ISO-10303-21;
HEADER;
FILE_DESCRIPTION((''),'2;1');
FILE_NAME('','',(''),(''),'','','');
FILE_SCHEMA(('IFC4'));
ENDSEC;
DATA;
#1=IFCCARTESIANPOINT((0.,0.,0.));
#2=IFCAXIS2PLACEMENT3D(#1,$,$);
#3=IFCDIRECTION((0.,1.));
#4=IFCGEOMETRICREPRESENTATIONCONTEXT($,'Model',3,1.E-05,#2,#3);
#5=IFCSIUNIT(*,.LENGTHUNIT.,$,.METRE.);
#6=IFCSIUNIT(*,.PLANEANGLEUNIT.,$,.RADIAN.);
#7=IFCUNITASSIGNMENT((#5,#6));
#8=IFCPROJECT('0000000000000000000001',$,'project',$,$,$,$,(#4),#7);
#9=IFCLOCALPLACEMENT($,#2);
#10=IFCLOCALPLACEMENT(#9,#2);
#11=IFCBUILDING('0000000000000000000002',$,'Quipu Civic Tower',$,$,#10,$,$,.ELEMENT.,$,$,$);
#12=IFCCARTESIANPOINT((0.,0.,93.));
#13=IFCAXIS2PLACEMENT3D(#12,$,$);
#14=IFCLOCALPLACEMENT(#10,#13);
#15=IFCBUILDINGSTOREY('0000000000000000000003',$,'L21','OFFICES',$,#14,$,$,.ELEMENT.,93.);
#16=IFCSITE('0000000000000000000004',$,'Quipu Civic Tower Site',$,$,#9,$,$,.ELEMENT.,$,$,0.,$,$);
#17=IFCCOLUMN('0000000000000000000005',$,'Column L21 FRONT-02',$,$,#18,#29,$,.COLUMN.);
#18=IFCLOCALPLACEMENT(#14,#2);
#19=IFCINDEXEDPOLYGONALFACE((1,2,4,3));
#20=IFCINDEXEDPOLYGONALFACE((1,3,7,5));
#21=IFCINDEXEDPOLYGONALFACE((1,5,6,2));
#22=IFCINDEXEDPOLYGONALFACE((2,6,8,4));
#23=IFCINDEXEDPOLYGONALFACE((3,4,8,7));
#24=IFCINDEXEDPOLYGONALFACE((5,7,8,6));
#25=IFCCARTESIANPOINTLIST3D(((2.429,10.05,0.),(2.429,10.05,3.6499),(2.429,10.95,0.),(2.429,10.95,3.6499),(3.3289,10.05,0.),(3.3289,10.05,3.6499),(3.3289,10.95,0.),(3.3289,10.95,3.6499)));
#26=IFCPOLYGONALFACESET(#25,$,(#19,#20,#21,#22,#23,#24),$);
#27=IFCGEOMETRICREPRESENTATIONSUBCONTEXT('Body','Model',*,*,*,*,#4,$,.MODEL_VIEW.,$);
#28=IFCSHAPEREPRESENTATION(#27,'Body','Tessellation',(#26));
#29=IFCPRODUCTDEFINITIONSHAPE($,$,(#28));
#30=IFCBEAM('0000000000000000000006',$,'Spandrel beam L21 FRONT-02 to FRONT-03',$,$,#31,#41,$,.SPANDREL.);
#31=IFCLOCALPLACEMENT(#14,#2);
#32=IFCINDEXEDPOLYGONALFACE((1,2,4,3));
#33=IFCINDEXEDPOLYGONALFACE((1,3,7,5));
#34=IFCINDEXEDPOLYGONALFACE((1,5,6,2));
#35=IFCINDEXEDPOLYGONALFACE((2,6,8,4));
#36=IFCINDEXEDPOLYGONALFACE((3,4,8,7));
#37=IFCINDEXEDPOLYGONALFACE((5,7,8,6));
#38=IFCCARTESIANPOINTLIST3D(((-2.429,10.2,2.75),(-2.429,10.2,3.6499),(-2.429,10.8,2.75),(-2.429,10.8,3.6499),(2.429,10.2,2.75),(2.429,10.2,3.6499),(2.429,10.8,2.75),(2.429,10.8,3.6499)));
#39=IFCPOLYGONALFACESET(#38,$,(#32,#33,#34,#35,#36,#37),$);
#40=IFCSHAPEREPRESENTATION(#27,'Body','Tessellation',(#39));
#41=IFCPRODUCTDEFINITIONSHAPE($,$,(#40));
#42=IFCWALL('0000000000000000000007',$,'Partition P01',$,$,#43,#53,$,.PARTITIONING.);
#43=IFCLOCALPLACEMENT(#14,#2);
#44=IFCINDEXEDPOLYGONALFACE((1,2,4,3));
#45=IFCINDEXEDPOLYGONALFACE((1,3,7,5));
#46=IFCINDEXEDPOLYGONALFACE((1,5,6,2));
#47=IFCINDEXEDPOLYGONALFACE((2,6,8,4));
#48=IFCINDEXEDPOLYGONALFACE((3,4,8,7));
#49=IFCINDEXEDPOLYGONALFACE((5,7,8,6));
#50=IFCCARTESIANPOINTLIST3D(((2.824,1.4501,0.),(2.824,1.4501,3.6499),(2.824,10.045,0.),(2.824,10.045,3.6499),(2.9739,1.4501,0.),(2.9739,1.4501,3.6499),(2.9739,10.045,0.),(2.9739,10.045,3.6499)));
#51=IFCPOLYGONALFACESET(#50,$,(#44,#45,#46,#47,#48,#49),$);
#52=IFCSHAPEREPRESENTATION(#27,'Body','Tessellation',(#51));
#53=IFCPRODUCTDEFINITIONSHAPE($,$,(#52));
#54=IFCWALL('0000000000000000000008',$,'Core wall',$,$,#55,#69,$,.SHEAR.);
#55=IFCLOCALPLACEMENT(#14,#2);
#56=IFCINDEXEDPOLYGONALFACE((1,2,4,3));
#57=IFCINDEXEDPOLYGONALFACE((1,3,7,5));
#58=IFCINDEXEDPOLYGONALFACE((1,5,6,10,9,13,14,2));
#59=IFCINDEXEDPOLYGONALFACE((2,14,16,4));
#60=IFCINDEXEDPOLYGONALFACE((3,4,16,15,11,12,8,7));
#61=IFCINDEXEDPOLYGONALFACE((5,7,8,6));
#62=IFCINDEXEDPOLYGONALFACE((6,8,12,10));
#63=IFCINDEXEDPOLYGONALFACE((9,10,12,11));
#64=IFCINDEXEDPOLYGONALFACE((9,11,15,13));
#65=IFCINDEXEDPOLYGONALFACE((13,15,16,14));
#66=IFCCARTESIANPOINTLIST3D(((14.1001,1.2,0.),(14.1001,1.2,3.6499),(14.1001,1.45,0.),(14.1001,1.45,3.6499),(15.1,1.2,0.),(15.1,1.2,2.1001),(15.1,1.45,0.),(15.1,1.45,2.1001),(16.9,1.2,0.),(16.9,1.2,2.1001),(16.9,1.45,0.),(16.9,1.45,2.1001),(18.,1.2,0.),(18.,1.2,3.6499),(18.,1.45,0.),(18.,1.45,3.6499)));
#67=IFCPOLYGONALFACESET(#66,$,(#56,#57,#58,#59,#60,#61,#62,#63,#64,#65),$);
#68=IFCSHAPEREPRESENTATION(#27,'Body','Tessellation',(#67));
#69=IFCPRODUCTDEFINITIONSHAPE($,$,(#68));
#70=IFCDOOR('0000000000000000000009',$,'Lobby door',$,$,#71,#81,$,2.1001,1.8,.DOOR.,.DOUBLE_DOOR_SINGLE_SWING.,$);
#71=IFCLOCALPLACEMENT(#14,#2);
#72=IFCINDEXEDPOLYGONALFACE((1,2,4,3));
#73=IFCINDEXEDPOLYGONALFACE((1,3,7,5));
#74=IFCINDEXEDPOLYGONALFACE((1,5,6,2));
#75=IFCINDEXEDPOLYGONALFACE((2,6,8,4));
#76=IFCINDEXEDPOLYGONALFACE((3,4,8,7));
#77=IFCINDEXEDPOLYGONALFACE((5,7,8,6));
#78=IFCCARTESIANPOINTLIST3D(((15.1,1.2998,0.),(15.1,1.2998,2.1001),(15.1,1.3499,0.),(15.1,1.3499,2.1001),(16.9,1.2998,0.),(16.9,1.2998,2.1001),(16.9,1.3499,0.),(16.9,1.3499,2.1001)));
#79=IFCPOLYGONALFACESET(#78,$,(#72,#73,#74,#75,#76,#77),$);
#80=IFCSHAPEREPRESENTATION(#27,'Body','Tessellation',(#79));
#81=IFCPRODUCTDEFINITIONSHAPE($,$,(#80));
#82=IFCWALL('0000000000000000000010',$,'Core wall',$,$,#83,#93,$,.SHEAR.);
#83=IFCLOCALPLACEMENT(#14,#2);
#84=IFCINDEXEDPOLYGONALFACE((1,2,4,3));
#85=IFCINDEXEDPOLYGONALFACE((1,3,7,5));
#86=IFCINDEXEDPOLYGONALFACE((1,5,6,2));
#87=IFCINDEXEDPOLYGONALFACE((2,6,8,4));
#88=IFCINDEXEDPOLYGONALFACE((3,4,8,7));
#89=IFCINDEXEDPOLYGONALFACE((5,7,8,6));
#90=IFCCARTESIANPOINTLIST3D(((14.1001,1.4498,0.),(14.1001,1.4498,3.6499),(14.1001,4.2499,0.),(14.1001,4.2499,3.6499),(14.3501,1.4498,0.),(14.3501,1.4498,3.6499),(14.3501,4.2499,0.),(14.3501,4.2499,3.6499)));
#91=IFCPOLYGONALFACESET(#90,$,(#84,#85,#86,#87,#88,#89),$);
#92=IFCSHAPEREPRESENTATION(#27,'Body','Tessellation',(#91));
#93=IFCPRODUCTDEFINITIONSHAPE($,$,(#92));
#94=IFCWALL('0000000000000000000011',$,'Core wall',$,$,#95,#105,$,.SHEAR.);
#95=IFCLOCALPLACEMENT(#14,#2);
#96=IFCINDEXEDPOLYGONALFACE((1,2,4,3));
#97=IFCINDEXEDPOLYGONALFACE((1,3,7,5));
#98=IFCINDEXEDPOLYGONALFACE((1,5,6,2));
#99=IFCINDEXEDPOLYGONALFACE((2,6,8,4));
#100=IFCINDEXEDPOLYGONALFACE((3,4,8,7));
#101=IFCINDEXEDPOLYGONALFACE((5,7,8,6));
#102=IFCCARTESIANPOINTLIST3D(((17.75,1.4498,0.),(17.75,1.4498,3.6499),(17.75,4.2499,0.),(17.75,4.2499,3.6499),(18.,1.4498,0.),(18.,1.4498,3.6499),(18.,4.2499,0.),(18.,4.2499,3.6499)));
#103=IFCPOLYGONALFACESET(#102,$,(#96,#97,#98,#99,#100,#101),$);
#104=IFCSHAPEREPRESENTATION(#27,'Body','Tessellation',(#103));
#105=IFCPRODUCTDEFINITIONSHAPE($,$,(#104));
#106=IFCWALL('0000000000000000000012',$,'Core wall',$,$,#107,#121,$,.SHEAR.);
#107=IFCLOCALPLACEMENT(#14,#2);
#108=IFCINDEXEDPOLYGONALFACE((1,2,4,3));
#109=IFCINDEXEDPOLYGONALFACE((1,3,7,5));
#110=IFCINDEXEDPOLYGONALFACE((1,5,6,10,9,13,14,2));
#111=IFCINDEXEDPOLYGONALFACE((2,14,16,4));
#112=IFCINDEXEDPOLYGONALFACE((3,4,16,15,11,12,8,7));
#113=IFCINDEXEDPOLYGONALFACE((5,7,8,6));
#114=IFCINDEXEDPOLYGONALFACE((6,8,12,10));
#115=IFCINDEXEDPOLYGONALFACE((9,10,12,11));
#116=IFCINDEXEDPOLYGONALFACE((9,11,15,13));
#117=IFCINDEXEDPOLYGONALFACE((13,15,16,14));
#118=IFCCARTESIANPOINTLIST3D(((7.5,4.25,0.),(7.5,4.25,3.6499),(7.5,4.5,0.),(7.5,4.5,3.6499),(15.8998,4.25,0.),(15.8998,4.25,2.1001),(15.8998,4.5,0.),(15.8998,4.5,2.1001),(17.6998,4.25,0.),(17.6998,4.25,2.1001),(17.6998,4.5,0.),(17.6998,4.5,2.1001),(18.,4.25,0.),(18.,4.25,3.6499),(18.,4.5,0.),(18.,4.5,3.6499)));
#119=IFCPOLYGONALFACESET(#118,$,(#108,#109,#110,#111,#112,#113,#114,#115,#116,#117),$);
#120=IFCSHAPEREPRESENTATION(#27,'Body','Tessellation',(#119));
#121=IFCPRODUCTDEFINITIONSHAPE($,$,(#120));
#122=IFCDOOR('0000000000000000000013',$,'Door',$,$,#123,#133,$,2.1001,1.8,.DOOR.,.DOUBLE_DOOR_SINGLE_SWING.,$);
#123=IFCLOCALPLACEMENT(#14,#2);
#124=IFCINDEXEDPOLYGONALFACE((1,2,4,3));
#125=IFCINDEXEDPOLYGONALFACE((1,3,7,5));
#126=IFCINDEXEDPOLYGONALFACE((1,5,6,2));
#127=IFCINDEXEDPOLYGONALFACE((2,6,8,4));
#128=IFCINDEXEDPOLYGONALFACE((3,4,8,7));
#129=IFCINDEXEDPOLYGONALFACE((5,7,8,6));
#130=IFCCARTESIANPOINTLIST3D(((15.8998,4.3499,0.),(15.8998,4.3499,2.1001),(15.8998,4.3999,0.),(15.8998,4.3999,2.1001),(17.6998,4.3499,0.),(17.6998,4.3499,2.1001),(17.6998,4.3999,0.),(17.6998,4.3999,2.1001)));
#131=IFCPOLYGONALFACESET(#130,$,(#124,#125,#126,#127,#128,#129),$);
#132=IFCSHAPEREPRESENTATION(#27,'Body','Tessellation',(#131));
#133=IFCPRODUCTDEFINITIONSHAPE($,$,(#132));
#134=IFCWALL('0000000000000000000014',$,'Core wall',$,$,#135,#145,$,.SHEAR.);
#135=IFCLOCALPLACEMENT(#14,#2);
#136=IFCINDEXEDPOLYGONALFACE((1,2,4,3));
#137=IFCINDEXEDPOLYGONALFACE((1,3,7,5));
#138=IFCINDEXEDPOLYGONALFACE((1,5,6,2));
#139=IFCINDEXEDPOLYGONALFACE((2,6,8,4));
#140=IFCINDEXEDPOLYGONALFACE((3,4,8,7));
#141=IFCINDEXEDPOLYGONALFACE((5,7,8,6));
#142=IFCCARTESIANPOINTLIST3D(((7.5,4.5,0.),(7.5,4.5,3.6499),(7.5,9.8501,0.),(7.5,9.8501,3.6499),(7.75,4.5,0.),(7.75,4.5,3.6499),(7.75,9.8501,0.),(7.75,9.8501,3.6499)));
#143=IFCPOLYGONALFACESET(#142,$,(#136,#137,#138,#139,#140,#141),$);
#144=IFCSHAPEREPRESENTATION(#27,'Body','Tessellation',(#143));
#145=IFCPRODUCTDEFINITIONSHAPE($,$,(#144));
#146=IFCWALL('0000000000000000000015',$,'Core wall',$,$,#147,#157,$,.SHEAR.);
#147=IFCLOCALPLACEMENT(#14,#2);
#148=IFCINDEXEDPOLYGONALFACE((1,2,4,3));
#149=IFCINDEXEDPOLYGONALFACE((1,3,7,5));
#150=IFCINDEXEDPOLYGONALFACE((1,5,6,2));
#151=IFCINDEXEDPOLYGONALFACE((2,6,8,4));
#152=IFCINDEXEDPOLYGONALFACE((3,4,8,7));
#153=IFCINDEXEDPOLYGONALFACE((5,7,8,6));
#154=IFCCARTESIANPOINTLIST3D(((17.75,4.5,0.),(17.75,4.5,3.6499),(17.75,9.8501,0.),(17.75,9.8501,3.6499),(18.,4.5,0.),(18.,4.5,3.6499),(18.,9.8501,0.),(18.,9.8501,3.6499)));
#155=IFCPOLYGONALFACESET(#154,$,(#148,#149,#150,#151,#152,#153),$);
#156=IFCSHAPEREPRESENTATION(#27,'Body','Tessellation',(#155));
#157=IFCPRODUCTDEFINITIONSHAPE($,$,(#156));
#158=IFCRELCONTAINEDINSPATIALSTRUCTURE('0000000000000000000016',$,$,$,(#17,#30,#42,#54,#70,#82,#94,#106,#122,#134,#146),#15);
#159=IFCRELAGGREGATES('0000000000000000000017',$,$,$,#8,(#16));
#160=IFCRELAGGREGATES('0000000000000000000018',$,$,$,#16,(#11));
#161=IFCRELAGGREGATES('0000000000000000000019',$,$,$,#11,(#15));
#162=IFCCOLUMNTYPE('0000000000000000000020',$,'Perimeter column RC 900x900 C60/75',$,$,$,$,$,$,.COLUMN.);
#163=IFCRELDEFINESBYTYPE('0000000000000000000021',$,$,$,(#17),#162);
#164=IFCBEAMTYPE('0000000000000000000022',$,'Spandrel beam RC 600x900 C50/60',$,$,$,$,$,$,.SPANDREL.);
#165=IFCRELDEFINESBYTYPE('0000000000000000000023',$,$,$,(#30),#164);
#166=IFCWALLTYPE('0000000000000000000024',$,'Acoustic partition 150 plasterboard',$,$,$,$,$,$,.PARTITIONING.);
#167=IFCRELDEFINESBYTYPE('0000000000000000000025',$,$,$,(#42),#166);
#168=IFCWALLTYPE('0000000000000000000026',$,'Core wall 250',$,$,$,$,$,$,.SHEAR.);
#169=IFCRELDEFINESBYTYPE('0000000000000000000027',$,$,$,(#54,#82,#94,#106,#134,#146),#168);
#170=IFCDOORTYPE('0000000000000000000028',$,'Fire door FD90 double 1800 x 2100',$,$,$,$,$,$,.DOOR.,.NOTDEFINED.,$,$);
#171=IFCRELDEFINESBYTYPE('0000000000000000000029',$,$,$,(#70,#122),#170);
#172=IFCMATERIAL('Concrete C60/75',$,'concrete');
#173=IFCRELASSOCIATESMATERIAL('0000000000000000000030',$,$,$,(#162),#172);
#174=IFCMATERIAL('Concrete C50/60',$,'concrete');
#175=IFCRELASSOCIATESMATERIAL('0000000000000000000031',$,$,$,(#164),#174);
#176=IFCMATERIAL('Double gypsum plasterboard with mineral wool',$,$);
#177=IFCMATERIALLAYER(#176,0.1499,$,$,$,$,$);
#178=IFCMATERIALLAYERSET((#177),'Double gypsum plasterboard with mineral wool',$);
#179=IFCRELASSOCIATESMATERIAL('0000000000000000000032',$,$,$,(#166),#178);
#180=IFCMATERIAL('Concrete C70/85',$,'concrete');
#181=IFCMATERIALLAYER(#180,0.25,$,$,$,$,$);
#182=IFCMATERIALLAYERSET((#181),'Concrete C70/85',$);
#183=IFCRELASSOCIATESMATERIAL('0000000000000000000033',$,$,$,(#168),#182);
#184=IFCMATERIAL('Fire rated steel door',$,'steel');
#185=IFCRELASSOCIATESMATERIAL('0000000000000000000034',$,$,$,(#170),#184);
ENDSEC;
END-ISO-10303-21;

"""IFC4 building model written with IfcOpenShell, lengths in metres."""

from ifc_helpers import new_model, si_unit, direction, frame, frame_2d, origin, origin_2d, place, context, subcontext, project, spatial, rectangle, extrude, material, layer, layer_set, material_profile, profile_set, type_object, element, fill, save


model = new_model("IFC4")

# Units and contexts
model_context = context("Model", 3, precision=1e-05, world=origin(), true_north=direction((0.0, 1.0)))
body_context = subcontext(model_context, "Body", "Model", "MODEL_VIEW")
ifc_project = project(units=[si_unit("LENGTHUNIT", "METRE"), si_unit("PLANEANGLEUNIT", "RADIAN")], contexts=[model_context])

# Site, building, storey
site_placement = place(None, origin())
site = spatial("IfcSite", under=ifc_project, at=site_placement, Name="Quipu Civic Tower Site", CompositionType="ELEMENT", RefElevation=0.0)
building_placement = place(site_placement, origin())
building = spatial("IfcBuilding", under=site, at=building_placement, Name="Quipu Civic Tower", CompositionType="ELEMENT")
storey_placement = place(building_placement, frame((0.0, 0.0, 93.0)))
storey = spatial("IfcBuildingStorey", under=building, at=storey_placement, Name="L21", Description="OFFICES", CompositionType="ELEMENT", Elevation=93.0)

# Column
ifc_material_1 = material(Name="Concrete C60/75", Category="concrete")
ifc_material_profile_1 = material_profile(ifc_material_1, rectangle(XDim=0.8999, YDim=0.8999, at=origin_2d()), Name="RC900x900")
ifc_profile_set_1 = profile_set([ifc_material_profile_1], Name="Concrete C60/75")
column_type = type_object("IfcColumnType", Name="Perimeter column RC 900x900 C60/75", PredefinedType="COLUMN", material=ifc_profile_set_1)
column_placement = place(storey_placement, frame((2.8789, 10.5, 0.0), z_axis=(0.0, 0.0, 1.0), x_axis=(-1.0, 0.0, 0.0)))
element("IfcColumn", 1, at=column_placement, inside=storey, type_object=column_type, Name="Column L21 FRONT-02", PredefinedType="COLUMN", context=body_context, shape_type="SweptSolid", body=[
    extrude(rectangle(XDim=0.8999, YDim=0.8999, at=origin_2d()), origin(), (0.0, 0.0, 1.0), 3.6499),
])

# Beam
ifc_material_2 = material(Name="Concrete C50/60", Category="concrete")
ifc_material_profile_2 = material_profile(ifc_material_2, rectangle(XDim=0.6001, YDim=0.8999, at=origin_2d()), Name="RC600x900")
ifc_profile_set_2 = profile_set([ifc_material_profile_2], Name="Concrete C50/60")
beam_type = type_object("IfcBeamType", Name="Spandrel beam RC 600x900 C50/60", PredefinedType="SPANDREL", material=ifc_profile_set_2)
beam_placement = place(storey_placement, frame((2.429, 10.5, 3.2), z_axis=(-1.0, 0.0, 0.0), x_axis=(0.0, -1.0, 0.0)))
element("IfcBeam", 2, at=beam_placement, inside=storey, type_object=beam_type, Name="Spandrel beam L21 FRONT-02 to FRONT-03", PredefinedType="SPANDREL", context=body_context, shape_type="SweptSolid", body=[
    extrude(rectangle(XDim=0.6001, YDim=0.8999, at=origin_2d()), origin(), (0.0, 0.0, 1.0), 4.8579),
])

# Wall
ifc_material_3 = material(Name="Double gypsum plasterboard with mineral wool")
ifc_layer_1 = layer(ifc_material_3, 0.1499)
ifc_layer_set_1 = layer_set([ifc_layer_1], Name="Double gypsum plasterboard with mineral wool")
wall_type_1 = type_object("IfcWallType", Name="Acoustic partition 150 plasterboard", PredefinedType="PARTITIONING", material=ifc_layer_set_1)
wall_1_placement = place(storey_placement, frame((2.8989, 10.0449, 0.0), z_axis=(0.0, 0.0, 1.0), x_axis=(0.0, -1.0, 0.0)))
element("IfcWall", 3, at=wall_1_placement, inside=storey, type_object=wall_type_1, Name="Partition P01", PredefinedType="PARTITIONING", context=body_context, shape_type="SweptSolid", body=[
    extrude(rectangle(XDim=8.595, YDim=0.1499, at=frame_2d((4.2974, 0.0))), origin(), (0.0, 0.0, 1.0), 3.6499),
])

# Wall, opening, door
ifc_material_4 = material(Name="Concrete C70/85", Category="concrete")
ifc_layer_2 = layer(ifc_material_4, 0.25)
ifc_layer_set_2 = layer_set([ifc_layer_2], Name="Concrete C70/85")
wall_type_2 = type_object("IfcWallType", Name="Core wall 250", PredefinedType="SHEAR", material=ifc_layer_set_2)
wall_2_placement = place(storey_placement, frame((14.1001, 1.325, 0.0), z_axis=(0.0, 0.0, 1.0), x_axis=(1.0, 0.0, 0.0)))
wall_2 = element("IfcWall", 4, at=wall_2_placement, inside=storey, type_object=wall_type_2, Name="Core wall", PredefinedType="SHEAR", context=body_context, shape_type="SweptSolid", body=[
    extrude(rectangle(XDim=3.8999, YDim=0.25, at=frame_2d((1.95, 0.0))), origin(), (0.0, 0.0, 1.0), 3.6499),
])
opening_1_placement = place(wall_2_placement, frame((1.0, 0.0, 0.0)))
opening_1 = element("IfcOpeningElement", 5, at=opening_1_placement, cuts=wall_2, PredefinedType="OPENING", context=body_context, shape_type="SweptSolid", body=[
    extrude(rectangle(XDim=1.8, YDim=2.1001, at=frame_2d((0.8999, 1.05))), frame((0.0, 0.135, 0.0), z_axis=(0.0, -1.0, 0.0), x_axis=(1.0, 0.0, 0.0)), (0.0, 0.0, 1.0), 0.27),
])
ifc_material_5 = material(Name="Fire rated steel door", Category="steel")
door_type = type_object("IfcDoorType", Name="Fire door FD90 double 1800 x 2100", OperationType="NOTDEFINED", PredefinedType="DOOR", material=ifc_material_5)
door_1_placement = place(opening_1_placement, origin())
door_1 = element("IfcDoor", 6, at=door_1_placement, inside=storey, type_object=door_type, Name="Lobby door", OperationType="DOUBLE_DOOR_SINGLE_SWING", OverallHeight=2.1001, OverallWidth=1.8, PredefinedType="DOOR", context=body_context, shape_type="SweptSolid", body=[
    extrude(rectangle(XDim=1.8, YDim=2.1001, at=frame_2d((0.8999, 1.05))), frame((0.0, 0.0249, 0.0), z_axis=(0.0, -1.0, 0.0), x_axis=(1.0, 0.0, 0.0)), (0.0, 0.0, 1.0), 0.05),
])
fill(opening_1, door_1)

# Walls
for number, where, z_axis, x_axis, name in (
    (7, (14.2251, 1.45, 0.0), (0.0, 0.0, 1.0), (0.0, 1.0, 0.0), "Core wall"),
    (8, (17.875, 1.45, 0.0), (0.0, 0.0, 1.0), (0.0, 1.0, 0.0), "Core wall"),
):
    element("IfcWall", number, at=place(storey_placement, frame(where, z_axis=z_axis, x_axis=x_axis)), inside=storey, type_object=wall_type_2, Name=name, PredefinedType="SHEAR", context=body_context, shape_type="SweptSolid", body=[
        extrude(rectangle(XDim=2.8, YDim=0.25, at=frame_2d((1.3999, 0.0))), origin(), (0.0, 0.0, 1.0), 3.6499),
    ])

# Wall, opening, door
wall_3_placement = place(storey_placement, frame((7.5, 4.375, 0.0), z_axis=(0.0, 0.0, 1.0), x_axis=(1.0, 0.0, 0.0)))
wall_3 = element("IfcWall", 9, at=wall_3_placement, inside=storey, type_object=wall_type_2, Name="Core wall", PredefinedType="SHEAR", context=body_context, shape_type="SweptSolid", body=[
    extrude(rectangle(XDim=10.5, YDim=0.25, at=frame_2d((5.25, 0.0))), origin(), (0.0, 0.0, 1.0), 3.6499),
])
opening_2_placement = place(wall_3_placement, frame((8.3999, 0.0, 0.0)))
opening_2 = element("IfcOpeningElement", 10, at=opening_2_placement, cuts=wall_3, PredefinedType="OPENING", context=body_context, shape_type="SweptSolid", body=[
    extrude(rectangle(XDim=1.8, YDim=2.1001, at=frame_2d((0.8999, 1.05))), frame((0.0, 0.135, 0.0), z_axis=(0.0, -1.0, 0.0), x_axis=(1.0, 0.0, 0.0)), (0.0, 0.0, 1.0), 0.27),
])
door_2_placement = place(opening_2_placement, origin())
door_2 = element("IfcDoor", 11, at=door_2_placement, inside=storey, type_object=door_type, Name="Door", OperationType="DOUBLE_DOOR_SINGLE_SWING", OverallHeight=2.1001, OverallWidth=1.8, PredefinedType="DOOR", context=body_context, shape_type="SweptSolid", body=[
    extrude(rectangle(XDim=1.8, YDim=2.1001, at=frame_2d((0.8999, 1.05))), frame((0.0, 0.0249, 0.0), z_axis=(0.0, -1.0, 0.0), x_axis=(1.0, 0.0, 0.0)), (0.0, 0.0, 1.0), 0.05),
])
fill(opening_2, door_2)

# Walls
for number, where, z_axis, x_axis, name in (
    (12, (7.625, 4.5, 0.0), (0.0, 0.0, 1.0), (0.0, 1.0, 0.0), "Core wall"),
    (13, (17.875, 4.5, 0.0), (0.0, 0.0, 1.0), (0.0, 1.0, 0.0), "Core wall"),
):
    element("IfcWall", number, at=place(storey_placement, frame(where, z_axis=z_axis, x_axis=x_axis)), inside=storey, type_object=wall_type_2, Name=name, PredefinedType="SHEAR", context=body_context, shape_type="SweptSolid", body=[
        extrude(rectangle(XDim=5.3501, YDim=0.25, at=frame_2d((2.675, 0.0))), origin(), (0.0, 0.0, 1.0), 3.6499),
    ])

save(model, "model.ifc")
